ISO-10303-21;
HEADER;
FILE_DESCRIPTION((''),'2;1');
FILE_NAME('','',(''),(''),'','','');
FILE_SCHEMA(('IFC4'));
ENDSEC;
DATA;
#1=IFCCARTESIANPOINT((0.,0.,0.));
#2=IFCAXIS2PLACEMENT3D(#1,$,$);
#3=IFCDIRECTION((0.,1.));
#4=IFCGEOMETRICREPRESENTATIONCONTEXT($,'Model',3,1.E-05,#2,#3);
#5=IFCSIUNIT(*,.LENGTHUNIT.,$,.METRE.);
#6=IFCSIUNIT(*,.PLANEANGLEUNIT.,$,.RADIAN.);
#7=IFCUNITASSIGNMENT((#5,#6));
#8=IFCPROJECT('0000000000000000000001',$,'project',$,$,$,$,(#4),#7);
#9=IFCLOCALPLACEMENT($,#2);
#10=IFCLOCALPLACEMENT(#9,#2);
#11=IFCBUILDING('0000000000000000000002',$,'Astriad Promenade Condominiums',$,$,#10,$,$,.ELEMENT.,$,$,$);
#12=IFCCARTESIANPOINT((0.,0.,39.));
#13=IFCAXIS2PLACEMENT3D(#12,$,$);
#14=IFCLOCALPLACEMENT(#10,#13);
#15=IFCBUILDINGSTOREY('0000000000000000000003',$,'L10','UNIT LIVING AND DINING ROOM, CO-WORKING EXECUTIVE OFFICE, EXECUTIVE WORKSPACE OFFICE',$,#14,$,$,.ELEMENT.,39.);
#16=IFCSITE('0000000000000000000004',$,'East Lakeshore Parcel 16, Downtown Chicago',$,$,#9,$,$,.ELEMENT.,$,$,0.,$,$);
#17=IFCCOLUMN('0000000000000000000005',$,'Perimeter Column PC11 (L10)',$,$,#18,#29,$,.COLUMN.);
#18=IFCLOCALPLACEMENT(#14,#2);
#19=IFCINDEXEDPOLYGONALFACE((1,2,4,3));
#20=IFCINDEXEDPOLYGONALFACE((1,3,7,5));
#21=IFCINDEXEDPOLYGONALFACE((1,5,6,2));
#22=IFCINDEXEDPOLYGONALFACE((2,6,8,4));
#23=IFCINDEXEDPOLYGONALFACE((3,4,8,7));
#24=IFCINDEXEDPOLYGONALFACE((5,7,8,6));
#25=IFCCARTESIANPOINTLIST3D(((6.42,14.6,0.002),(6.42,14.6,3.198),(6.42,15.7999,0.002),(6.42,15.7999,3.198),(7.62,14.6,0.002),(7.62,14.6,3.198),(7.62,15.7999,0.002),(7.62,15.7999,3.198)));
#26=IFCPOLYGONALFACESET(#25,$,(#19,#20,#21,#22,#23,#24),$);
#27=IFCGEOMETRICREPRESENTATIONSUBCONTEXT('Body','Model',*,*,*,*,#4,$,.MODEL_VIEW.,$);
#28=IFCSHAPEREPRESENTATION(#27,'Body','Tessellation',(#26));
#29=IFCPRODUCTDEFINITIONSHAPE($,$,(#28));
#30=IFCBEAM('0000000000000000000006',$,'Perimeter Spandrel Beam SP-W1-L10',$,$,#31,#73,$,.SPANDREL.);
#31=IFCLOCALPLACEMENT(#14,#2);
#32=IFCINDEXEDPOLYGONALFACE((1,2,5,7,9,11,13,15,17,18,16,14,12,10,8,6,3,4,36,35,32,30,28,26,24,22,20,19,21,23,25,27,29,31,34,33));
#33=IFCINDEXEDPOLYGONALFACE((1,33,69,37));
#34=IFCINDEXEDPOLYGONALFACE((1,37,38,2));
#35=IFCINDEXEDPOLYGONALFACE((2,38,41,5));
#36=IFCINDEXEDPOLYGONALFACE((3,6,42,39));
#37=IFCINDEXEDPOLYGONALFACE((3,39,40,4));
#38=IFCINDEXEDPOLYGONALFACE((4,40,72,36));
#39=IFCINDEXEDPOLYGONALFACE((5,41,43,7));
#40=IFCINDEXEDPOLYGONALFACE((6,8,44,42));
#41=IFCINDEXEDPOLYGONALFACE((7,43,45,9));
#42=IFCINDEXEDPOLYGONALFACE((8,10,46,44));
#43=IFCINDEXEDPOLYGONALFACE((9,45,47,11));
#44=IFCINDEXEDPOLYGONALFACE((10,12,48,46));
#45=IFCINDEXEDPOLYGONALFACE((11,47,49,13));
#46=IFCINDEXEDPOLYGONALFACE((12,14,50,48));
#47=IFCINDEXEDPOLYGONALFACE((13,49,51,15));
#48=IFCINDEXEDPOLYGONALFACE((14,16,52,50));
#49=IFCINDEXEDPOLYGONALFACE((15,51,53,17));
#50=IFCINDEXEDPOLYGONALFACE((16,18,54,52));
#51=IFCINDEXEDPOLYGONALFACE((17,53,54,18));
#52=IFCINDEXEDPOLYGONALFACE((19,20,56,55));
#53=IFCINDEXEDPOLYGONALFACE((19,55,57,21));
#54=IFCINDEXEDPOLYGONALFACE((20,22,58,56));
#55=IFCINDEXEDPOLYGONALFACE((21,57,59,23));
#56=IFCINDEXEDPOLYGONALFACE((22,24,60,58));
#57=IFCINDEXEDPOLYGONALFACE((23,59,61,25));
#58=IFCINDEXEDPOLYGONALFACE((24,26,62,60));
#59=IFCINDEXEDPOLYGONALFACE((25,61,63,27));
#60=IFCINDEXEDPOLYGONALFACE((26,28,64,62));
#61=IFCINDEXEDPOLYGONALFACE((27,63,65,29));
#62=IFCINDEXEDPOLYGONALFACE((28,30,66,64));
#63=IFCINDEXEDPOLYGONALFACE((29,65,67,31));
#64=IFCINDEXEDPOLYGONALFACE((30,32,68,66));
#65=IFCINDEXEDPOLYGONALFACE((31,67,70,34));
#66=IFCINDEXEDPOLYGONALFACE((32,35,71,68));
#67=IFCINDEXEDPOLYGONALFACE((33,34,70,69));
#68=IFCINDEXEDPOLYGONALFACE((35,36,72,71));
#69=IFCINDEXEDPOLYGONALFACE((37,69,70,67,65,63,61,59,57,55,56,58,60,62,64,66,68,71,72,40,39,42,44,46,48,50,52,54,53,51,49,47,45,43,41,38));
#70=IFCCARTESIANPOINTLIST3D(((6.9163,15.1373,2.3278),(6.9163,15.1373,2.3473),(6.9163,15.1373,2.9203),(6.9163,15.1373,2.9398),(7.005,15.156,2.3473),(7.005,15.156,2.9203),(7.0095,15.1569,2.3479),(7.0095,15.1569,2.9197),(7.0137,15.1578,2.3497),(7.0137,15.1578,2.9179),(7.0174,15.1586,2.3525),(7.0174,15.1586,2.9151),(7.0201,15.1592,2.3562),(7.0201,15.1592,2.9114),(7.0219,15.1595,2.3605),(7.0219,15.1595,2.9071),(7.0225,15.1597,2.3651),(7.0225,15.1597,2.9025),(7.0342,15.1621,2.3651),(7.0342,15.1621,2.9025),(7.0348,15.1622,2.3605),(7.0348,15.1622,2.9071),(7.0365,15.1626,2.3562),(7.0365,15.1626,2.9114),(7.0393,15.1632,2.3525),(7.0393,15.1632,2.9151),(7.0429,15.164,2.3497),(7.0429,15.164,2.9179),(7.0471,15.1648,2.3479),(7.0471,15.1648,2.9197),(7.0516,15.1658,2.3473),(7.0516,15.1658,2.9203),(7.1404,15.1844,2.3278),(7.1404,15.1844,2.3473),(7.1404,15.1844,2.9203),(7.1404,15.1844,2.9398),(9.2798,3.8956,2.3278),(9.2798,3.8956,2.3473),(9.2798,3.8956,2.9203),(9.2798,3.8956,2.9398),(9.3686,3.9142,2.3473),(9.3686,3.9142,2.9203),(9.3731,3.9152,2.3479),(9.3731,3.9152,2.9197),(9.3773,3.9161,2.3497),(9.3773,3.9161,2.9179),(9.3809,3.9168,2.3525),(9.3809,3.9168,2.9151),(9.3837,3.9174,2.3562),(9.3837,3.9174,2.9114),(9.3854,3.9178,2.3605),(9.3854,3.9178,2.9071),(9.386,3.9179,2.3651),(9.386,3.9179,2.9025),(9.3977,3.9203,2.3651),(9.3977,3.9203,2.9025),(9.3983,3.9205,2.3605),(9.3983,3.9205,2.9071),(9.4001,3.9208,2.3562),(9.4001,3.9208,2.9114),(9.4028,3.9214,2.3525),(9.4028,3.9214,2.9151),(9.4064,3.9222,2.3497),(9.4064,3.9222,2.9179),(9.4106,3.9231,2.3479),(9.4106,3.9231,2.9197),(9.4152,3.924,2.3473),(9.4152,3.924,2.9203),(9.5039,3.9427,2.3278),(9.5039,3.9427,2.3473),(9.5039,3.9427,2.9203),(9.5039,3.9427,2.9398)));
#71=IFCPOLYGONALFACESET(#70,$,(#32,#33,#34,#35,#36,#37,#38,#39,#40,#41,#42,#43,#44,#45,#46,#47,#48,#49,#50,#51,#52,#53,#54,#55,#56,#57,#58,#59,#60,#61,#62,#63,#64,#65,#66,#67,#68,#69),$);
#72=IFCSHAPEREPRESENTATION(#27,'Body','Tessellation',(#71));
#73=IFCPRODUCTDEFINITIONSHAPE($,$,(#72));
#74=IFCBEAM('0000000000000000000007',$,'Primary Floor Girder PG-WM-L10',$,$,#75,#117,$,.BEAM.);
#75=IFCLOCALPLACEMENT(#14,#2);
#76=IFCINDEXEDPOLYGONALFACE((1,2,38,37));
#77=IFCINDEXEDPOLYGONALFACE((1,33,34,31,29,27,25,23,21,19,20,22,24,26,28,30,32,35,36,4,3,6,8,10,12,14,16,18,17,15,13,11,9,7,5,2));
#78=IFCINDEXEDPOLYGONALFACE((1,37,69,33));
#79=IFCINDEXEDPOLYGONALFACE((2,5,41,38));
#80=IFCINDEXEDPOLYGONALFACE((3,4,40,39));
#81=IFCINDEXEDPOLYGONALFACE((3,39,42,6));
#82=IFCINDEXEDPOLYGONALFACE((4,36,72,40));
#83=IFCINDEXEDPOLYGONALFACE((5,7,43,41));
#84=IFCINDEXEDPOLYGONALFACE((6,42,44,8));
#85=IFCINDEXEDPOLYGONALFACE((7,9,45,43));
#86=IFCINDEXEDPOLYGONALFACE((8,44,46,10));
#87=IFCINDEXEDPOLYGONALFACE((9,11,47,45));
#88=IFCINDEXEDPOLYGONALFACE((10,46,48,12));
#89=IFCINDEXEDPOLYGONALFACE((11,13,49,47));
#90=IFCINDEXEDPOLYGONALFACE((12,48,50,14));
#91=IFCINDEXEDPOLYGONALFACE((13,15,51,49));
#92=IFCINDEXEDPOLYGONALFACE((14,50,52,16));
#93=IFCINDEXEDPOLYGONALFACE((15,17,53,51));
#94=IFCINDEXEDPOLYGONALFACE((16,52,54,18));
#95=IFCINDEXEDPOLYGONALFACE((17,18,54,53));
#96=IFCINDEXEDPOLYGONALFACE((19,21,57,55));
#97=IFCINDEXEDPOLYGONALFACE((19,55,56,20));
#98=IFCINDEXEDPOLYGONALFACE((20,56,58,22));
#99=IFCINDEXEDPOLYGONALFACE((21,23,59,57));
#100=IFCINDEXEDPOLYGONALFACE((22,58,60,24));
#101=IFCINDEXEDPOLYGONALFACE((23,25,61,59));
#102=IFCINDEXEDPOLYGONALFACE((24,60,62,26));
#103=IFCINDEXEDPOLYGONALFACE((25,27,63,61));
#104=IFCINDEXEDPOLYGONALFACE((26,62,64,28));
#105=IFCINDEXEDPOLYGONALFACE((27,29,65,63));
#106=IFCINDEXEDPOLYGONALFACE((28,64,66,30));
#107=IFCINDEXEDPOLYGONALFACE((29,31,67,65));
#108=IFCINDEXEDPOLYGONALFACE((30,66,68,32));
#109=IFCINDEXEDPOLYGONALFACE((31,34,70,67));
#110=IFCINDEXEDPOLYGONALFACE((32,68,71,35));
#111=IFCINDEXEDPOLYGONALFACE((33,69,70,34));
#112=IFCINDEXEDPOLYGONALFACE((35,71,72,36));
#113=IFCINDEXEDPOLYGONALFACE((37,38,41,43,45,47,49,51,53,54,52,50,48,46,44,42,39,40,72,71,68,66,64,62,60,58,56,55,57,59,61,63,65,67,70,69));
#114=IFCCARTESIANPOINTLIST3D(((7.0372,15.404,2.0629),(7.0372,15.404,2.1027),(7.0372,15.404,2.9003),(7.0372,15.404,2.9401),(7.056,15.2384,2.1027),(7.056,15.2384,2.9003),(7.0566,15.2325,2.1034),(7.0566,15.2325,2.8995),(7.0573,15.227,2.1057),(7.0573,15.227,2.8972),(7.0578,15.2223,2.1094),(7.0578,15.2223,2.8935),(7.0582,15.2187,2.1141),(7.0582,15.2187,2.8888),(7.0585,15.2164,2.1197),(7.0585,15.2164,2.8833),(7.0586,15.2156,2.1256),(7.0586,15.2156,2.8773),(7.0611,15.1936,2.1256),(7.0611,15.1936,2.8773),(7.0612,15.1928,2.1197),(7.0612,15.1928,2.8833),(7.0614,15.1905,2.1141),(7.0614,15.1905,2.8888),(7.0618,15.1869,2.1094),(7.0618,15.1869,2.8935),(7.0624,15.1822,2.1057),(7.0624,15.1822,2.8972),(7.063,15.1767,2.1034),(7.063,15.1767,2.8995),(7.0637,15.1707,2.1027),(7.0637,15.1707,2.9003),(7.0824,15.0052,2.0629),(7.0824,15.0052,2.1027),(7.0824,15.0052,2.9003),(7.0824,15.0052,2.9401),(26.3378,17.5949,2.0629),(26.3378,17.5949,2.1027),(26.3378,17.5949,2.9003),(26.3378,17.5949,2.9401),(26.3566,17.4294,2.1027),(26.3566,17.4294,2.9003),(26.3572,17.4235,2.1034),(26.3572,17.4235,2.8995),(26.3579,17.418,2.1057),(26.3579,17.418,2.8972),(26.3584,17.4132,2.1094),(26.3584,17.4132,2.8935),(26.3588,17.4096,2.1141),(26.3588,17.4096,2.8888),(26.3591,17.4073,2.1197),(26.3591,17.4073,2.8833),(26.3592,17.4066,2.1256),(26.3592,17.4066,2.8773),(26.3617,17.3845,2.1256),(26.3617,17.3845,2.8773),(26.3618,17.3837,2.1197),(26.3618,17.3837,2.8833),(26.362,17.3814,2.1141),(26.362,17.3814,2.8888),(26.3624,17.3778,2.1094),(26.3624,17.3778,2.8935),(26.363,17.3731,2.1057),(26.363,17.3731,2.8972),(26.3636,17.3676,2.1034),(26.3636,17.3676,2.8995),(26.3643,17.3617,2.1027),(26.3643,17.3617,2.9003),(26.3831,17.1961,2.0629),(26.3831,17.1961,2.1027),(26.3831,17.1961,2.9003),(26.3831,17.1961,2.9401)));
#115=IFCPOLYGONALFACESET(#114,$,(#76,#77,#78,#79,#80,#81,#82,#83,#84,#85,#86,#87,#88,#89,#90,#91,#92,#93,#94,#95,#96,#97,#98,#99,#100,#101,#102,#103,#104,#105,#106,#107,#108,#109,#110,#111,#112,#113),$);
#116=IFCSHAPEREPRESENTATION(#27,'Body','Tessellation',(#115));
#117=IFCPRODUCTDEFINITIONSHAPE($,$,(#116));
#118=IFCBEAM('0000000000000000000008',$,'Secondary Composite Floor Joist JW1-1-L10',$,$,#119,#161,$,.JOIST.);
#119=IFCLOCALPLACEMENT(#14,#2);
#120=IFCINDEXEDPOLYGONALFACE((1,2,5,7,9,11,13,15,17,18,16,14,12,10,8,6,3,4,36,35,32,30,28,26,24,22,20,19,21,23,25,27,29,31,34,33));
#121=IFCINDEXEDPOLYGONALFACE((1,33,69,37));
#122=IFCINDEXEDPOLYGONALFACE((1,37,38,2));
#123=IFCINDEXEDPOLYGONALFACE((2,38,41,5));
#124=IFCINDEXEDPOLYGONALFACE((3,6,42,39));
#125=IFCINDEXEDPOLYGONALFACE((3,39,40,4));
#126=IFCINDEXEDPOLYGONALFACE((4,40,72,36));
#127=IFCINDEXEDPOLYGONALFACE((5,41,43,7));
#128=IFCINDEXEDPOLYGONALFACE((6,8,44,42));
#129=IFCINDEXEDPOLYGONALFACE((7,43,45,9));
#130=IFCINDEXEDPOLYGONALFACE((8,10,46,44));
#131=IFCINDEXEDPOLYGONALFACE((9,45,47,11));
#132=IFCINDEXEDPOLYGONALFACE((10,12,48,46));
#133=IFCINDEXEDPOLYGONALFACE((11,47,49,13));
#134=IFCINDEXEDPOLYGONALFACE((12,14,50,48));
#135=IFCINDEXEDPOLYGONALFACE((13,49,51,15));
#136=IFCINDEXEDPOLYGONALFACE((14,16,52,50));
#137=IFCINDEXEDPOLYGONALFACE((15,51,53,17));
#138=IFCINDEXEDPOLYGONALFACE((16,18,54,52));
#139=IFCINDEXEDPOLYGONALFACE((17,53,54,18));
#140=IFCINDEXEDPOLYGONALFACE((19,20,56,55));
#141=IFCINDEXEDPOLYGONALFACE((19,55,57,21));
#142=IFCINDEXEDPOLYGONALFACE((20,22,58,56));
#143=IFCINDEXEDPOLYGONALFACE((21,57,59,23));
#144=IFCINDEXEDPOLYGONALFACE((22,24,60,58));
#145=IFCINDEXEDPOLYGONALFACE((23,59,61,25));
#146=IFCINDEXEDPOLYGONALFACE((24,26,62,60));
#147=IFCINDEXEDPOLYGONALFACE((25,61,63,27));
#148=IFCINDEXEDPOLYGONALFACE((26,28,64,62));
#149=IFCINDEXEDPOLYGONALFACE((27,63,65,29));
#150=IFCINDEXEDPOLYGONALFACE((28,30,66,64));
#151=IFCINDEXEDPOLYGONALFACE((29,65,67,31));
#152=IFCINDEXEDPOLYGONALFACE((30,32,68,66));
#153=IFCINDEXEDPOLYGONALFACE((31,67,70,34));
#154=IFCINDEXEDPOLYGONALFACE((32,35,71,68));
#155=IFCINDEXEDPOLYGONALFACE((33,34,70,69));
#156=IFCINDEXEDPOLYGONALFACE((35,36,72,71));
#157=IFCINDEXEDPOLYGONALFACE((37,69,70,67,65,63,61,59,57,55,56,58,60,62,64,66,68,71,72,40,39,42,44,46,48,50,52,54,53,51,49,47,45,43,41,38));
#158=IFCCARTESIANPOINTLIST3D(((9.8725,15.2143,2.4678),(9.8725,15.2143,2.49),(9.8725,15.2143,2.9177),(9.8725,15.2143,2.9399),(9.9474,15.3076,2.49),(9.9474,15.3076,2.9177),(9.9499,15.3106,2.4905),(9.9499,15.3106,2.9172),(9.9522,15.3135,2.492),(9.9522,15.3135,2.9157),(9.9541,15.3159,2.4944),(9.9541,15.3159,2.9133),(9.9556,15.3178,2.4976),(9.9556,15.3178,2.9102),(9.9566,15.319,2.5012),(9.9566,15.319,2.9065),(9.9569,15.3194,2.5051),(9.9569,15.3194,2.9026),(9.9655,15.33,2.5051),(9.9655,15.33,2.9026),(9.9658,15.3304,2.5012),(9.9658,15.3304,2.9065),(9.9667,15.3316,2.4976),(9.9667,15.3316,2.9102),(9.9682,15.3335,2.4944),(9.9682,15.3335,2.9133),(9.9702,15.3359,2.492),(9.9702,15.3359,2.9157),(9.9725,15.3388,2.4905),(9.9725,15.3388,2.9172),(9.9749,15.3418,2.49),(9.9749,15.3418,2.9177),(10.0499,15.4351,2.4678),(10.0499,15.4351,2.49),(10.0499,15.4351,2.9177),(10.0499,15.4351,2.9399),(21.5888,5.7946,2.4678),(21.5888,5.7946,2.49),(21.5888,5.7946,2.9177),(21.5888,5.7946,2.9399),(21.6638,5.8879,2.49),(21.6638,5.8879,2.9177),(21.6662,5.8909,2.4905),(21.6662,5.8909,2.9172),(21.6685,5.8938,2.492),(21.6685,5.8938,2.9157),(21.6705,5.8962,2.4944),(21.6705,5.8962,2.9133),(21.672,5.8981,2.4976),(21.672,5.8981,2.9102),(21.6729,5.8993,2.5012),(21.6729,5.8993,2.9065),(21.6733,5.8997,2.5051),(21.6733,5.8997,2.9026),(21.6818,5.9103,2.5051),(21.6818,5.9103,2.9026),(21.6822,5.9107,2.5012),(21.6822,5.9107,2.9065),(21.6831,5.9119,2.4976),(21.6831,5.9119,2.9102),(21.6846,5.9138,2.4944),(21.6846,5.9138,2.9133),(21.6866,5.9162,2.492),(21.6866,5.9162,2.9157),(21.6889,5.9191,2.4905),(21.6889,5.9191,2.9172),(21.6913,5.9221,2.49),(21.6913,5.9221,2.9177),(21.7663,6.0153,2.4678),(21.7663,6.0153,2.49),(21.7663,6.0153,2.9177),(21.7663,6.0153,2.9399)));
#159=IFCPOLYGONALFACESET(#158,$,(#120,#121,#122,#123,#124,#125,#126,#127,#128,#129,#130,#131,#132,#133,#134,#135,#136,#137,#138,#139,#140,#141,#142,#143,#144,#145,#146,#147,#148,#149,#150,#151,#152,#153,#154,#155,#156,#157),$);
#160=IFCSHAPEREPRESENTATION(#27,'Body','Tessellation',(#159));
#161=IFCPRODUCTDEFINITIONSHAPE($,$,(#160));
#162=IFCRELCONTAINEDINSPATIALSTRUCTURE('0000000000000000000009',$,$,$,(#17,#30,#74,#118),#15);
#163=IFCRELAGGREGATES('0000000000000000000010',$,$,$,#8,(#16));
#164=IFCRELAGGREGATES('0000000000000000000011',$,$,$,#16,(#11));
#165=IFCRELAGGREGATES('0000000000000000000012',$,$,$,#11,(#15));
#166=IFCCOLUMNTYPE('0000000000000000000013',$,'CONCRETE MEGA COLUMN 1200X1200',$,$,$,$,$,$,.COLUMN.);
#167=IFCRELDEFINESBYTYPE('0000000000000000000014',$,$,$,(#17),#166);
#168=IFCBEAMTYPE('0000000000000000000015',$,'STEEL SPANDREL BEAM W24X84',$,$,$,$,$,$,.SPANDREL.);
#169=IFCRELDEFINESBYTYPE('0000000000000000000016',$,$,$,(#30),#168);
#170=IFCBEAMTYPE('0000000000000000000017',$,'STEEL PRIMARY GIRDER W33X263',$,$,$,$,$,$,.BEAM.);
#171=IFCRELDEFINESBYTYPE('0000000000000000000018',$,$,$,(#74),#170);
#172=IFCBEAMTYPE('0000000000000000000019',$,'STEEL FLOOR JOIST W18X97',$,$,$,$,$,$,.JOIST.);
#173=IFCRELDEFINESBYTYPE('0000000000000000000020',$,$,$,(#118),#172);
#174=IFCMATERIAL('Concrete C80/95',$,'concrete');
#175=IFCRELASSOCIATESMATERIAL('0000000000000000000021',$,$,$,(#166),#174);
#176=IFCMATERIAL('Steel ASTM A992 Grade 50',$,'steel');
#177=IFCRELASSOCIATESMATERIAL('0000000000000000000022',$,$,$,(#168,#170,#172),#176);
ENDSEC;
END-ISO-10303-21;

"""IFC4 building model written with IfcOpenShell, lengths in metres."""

from ifc_helpers import new_model, si_unit, direction, frame, origin, origin_2d, place, context, subcontext, project, spatial, rectangle, i_section, extrude, source, transform, mapped, material, material_profile, profile_set, type_object, type_shapes, element, save


model = new_model("IFC4")

# Units and contexts
model_context = context("Model", 3, precision=1e-05, world=origin(), true_north=direction((0.0, 1.0)))
body_context = subcontext(model_context, "Body", "Model", "MODEL_VIEW")
ifc_project = project(units=[si_unit("LENGTHUNIT", "METRE"), si_unit("PLANEANGLEUNIT", "RADIAN")], contexts=[model_context])

# Site, building, storey
site_placement = place(None, origin())
site = spatial("IfcSite", under=ifc_project, at=site_placement, Name="East Lakeshore Parcel 16, Downtown Chicago", CompositionType="ELEMENT", RefElevation=0.0)
building_placement = place(site_placement, origin())
building = spatial("IfcBuilding", under=site, at=building_placement, Name="Astriad Promenade Condominiums", CompositionType="ELEMENT")
storey_placement = place(building_placement, frame((0.0, 0.0, 39.0)))
storey = spatial("IfcBuildingStorey", under=building, at=storey_placement, Name="L10", Description="UNIT LIVING AND DINING ROOM, CO-WORKING EXECUTIVE OFFICE, EXECUTIVE WORKSPACE OFFICE", CompositionType="ELEMENT", Elevation=39.0)

# Column
ifc_material_1 = material(Name="Concrete C80/95", Category="concrete")
ifc_material_profile_1 = material_profile(ifc_material_1, rectangle(XDim=1.2, YDim=1.2, at=origin_2d()), Name="RC-COL-1200X1200")
ifc_profile_set_1 = profile_set([ifc_material_profile_1], Name="Concrete C80/95")
column_type = type_object("IfcColumnType", Name="CONCRETE MEGA COLUMN 1200X1200", PredefinedType="COLUMN", material=ifc_profile_set_1)
shared_shape_1 = source(origin(), body_context, "Body", "SweptSolid", [
    extrude(rectangle(XDim=1.2, YDim=1.2, at=origin_2d()), origin(), (0.0, 0.0, 1.0), 3.196),
])
type_shapes(column_type, [shared_shape_1])
column_placement = place(storey_placement, frame((7.02, 15.2, 0.002), z_axis=(0.0, 0.0, 1.0), x_axis=(1.0, 0.0, 0.0)))
element("IfcColumn", 1, at=column_placement, inside=storey, type_object=column_type, Name="Perimeter Column PC11 (L10)", PredefinedType="COLUMN", context=body_context, shape_type="MappedRepresentation", body=[
    mapped(shared_shape_1, transform((0.0, 0.0, 0.0), scale=1.0)),
])

# Beams
ifc_material_2 = material(Name="Steel ASTM A992 Grade 50", Category="steel")
ifc_material_profile_2 = material_profile(ifc_material_2, i_section(OverallWidth=0.229, OverallDepth=0.6121, WebThickness=0.012, FlangeThickness=0.0195, FilletRadius=0.0178, at=origin_2d()), Name="W24X84")
ifc_profile_set_2 = profile_set([ifc_material_profile_2], Name="Steel ASTM A992 Grade 50")
beam_type_1 = type_object("IfcBeamType", Name="STEEL SPANDREL BEAM W24X84", PredefinedType="SPANDREL", material=ifc_profile_set_2)
shared_shape_2 = source(origin(), body_context, "Body", "SweptSolid", [
    extrude(i_section(OverallWidth=0.229, OverallDepth=0.6121, WebThickness=0.012, FlangeThickness=0.0195, FilletRadius=0.0178, at=origin_2d()), origin(), (0.0, 0.0, 1.0), 11.4875),
])
type_shapes(beam_type_1, [shared_shape_2])
beam_1_placement = place(storey_placement, frame((7.0283, 15.1609, 2.6338), z_axis=(0.205748, -0.978605, 0.0), x_axis=(0.978605, 0.205748, 0.0)))
element("IfcBeam", 2, at=beam_1_placement, inside=storey, type_object=beam_type_1, Name="Perimeter Spandrel Beam SP-W1-L10", PredefinedType="SPANDREL", context=body_context, shape_type="MappedRepresentation", body=[
    mapped(shared_shape_2, transform((0.0, 0.0, 0.0), scale=1.0)),
])
ifc_material_profile_3 = material_profile(ifc_material_2, i_section(OverallWidth=0.4014, OverallDepth=0.8772, WebThickness=0.0222, FlangeThickness=0.0398, FilletRadius=0.0229, at=origin_2d()), Name="W33X263")
ifc_profile_set_3 = profile_set([ifc_material_profile_3], Name="Steel ASTM A992 Grade 50")
beam_type_2 = type_object("IfcBeamType", Name="STEEL PRIMARY GIRDER W33X263", PredefinedType="BEAM", material=ifc_profile_set_3)
shared_shape_3 = source(origin(), body_context, "Body", "SweptSolid", [
    extrude(i_section(OverallWidth=0.4014, OverallDepth=0.8772, WebThickness=0.0222, FlangeThickness=0.0398, FilletRadius=0.0229, at=origin_2d()), origin(), (0.0, 0.0, 1.0), 19.4246),
])
type_shapes(beam_type_2, [shared_shape_3])
beam_2_placement = place(storey_placement, frame((7.0598, 15.2046, 2.5015), z_axis=(0.993619, 0.112792, 0.0), x_axis=(-0.112792, 0.993619, 0.0)))
element("IfcBeam", 3, at=beam_2_placement, inside=storey, type_object=beam_type_2, Name="Primary Floor Girder PG-WM-L10", PredefinedType="BEAM", context=body_context, shape_type="MappedRepresentation", body=[
    mapped(shared_shape_3, transform((0.0, 0.0, 0.0), scale=1.0)),
])
ifc_material_profile_4 = material_profile(ifc_material_2, i_section(OverallWidth=0.2832, OverallDepth=0.4722, WebThickness=0.0137, FlangeThickness=0.0222, FilletRadius=0.0151, at=origin_2d()), Name="W18X97")
ifc_profile_set_4 = profile_set([ifc_material_profile_4], Name="Steel ASTM A992 Grade 50")
beam_type_3 = type_object("IfcBeamType", Name="STEEL FLOOR JOIST W18X97", PredefinedType="JOIST", material=ifc_profile_set_4)
shared_shape_4 = source(origin(), body_context, "Body", "SweptSolid", [
    extrude(i_section(OverallWidth=0.2832, OverallDepth=0.4722, WebThickness=0.0137, FlangeThickness=0.0222, FilletRadius=0.0151, at=origin_2d()), origin(), (0.0, 0.0, 1.0), 15.0334),
])
beam_3_placement = place(storey_placement, frame((9.9612, 15.3247, 2.7039), z_axis=(0.779353, -0.626585, 0.0), x_axis=(0.626585, 0.779353, 0.0)))
element("IfcBeam", 4, at=beam_3_placement, inside=storey, type_object=beam_type_3, Name="Secondary Composite Floor Joist JW1-1-L10", PredefinedType="JOIST", context=body_context, shape_type="MappedRepresentation", body=[
    mapped(shared_shape_4, transform((0.0, 0.0, 0.0), scale=1.0)),
])

save(model, "model.ifc")
